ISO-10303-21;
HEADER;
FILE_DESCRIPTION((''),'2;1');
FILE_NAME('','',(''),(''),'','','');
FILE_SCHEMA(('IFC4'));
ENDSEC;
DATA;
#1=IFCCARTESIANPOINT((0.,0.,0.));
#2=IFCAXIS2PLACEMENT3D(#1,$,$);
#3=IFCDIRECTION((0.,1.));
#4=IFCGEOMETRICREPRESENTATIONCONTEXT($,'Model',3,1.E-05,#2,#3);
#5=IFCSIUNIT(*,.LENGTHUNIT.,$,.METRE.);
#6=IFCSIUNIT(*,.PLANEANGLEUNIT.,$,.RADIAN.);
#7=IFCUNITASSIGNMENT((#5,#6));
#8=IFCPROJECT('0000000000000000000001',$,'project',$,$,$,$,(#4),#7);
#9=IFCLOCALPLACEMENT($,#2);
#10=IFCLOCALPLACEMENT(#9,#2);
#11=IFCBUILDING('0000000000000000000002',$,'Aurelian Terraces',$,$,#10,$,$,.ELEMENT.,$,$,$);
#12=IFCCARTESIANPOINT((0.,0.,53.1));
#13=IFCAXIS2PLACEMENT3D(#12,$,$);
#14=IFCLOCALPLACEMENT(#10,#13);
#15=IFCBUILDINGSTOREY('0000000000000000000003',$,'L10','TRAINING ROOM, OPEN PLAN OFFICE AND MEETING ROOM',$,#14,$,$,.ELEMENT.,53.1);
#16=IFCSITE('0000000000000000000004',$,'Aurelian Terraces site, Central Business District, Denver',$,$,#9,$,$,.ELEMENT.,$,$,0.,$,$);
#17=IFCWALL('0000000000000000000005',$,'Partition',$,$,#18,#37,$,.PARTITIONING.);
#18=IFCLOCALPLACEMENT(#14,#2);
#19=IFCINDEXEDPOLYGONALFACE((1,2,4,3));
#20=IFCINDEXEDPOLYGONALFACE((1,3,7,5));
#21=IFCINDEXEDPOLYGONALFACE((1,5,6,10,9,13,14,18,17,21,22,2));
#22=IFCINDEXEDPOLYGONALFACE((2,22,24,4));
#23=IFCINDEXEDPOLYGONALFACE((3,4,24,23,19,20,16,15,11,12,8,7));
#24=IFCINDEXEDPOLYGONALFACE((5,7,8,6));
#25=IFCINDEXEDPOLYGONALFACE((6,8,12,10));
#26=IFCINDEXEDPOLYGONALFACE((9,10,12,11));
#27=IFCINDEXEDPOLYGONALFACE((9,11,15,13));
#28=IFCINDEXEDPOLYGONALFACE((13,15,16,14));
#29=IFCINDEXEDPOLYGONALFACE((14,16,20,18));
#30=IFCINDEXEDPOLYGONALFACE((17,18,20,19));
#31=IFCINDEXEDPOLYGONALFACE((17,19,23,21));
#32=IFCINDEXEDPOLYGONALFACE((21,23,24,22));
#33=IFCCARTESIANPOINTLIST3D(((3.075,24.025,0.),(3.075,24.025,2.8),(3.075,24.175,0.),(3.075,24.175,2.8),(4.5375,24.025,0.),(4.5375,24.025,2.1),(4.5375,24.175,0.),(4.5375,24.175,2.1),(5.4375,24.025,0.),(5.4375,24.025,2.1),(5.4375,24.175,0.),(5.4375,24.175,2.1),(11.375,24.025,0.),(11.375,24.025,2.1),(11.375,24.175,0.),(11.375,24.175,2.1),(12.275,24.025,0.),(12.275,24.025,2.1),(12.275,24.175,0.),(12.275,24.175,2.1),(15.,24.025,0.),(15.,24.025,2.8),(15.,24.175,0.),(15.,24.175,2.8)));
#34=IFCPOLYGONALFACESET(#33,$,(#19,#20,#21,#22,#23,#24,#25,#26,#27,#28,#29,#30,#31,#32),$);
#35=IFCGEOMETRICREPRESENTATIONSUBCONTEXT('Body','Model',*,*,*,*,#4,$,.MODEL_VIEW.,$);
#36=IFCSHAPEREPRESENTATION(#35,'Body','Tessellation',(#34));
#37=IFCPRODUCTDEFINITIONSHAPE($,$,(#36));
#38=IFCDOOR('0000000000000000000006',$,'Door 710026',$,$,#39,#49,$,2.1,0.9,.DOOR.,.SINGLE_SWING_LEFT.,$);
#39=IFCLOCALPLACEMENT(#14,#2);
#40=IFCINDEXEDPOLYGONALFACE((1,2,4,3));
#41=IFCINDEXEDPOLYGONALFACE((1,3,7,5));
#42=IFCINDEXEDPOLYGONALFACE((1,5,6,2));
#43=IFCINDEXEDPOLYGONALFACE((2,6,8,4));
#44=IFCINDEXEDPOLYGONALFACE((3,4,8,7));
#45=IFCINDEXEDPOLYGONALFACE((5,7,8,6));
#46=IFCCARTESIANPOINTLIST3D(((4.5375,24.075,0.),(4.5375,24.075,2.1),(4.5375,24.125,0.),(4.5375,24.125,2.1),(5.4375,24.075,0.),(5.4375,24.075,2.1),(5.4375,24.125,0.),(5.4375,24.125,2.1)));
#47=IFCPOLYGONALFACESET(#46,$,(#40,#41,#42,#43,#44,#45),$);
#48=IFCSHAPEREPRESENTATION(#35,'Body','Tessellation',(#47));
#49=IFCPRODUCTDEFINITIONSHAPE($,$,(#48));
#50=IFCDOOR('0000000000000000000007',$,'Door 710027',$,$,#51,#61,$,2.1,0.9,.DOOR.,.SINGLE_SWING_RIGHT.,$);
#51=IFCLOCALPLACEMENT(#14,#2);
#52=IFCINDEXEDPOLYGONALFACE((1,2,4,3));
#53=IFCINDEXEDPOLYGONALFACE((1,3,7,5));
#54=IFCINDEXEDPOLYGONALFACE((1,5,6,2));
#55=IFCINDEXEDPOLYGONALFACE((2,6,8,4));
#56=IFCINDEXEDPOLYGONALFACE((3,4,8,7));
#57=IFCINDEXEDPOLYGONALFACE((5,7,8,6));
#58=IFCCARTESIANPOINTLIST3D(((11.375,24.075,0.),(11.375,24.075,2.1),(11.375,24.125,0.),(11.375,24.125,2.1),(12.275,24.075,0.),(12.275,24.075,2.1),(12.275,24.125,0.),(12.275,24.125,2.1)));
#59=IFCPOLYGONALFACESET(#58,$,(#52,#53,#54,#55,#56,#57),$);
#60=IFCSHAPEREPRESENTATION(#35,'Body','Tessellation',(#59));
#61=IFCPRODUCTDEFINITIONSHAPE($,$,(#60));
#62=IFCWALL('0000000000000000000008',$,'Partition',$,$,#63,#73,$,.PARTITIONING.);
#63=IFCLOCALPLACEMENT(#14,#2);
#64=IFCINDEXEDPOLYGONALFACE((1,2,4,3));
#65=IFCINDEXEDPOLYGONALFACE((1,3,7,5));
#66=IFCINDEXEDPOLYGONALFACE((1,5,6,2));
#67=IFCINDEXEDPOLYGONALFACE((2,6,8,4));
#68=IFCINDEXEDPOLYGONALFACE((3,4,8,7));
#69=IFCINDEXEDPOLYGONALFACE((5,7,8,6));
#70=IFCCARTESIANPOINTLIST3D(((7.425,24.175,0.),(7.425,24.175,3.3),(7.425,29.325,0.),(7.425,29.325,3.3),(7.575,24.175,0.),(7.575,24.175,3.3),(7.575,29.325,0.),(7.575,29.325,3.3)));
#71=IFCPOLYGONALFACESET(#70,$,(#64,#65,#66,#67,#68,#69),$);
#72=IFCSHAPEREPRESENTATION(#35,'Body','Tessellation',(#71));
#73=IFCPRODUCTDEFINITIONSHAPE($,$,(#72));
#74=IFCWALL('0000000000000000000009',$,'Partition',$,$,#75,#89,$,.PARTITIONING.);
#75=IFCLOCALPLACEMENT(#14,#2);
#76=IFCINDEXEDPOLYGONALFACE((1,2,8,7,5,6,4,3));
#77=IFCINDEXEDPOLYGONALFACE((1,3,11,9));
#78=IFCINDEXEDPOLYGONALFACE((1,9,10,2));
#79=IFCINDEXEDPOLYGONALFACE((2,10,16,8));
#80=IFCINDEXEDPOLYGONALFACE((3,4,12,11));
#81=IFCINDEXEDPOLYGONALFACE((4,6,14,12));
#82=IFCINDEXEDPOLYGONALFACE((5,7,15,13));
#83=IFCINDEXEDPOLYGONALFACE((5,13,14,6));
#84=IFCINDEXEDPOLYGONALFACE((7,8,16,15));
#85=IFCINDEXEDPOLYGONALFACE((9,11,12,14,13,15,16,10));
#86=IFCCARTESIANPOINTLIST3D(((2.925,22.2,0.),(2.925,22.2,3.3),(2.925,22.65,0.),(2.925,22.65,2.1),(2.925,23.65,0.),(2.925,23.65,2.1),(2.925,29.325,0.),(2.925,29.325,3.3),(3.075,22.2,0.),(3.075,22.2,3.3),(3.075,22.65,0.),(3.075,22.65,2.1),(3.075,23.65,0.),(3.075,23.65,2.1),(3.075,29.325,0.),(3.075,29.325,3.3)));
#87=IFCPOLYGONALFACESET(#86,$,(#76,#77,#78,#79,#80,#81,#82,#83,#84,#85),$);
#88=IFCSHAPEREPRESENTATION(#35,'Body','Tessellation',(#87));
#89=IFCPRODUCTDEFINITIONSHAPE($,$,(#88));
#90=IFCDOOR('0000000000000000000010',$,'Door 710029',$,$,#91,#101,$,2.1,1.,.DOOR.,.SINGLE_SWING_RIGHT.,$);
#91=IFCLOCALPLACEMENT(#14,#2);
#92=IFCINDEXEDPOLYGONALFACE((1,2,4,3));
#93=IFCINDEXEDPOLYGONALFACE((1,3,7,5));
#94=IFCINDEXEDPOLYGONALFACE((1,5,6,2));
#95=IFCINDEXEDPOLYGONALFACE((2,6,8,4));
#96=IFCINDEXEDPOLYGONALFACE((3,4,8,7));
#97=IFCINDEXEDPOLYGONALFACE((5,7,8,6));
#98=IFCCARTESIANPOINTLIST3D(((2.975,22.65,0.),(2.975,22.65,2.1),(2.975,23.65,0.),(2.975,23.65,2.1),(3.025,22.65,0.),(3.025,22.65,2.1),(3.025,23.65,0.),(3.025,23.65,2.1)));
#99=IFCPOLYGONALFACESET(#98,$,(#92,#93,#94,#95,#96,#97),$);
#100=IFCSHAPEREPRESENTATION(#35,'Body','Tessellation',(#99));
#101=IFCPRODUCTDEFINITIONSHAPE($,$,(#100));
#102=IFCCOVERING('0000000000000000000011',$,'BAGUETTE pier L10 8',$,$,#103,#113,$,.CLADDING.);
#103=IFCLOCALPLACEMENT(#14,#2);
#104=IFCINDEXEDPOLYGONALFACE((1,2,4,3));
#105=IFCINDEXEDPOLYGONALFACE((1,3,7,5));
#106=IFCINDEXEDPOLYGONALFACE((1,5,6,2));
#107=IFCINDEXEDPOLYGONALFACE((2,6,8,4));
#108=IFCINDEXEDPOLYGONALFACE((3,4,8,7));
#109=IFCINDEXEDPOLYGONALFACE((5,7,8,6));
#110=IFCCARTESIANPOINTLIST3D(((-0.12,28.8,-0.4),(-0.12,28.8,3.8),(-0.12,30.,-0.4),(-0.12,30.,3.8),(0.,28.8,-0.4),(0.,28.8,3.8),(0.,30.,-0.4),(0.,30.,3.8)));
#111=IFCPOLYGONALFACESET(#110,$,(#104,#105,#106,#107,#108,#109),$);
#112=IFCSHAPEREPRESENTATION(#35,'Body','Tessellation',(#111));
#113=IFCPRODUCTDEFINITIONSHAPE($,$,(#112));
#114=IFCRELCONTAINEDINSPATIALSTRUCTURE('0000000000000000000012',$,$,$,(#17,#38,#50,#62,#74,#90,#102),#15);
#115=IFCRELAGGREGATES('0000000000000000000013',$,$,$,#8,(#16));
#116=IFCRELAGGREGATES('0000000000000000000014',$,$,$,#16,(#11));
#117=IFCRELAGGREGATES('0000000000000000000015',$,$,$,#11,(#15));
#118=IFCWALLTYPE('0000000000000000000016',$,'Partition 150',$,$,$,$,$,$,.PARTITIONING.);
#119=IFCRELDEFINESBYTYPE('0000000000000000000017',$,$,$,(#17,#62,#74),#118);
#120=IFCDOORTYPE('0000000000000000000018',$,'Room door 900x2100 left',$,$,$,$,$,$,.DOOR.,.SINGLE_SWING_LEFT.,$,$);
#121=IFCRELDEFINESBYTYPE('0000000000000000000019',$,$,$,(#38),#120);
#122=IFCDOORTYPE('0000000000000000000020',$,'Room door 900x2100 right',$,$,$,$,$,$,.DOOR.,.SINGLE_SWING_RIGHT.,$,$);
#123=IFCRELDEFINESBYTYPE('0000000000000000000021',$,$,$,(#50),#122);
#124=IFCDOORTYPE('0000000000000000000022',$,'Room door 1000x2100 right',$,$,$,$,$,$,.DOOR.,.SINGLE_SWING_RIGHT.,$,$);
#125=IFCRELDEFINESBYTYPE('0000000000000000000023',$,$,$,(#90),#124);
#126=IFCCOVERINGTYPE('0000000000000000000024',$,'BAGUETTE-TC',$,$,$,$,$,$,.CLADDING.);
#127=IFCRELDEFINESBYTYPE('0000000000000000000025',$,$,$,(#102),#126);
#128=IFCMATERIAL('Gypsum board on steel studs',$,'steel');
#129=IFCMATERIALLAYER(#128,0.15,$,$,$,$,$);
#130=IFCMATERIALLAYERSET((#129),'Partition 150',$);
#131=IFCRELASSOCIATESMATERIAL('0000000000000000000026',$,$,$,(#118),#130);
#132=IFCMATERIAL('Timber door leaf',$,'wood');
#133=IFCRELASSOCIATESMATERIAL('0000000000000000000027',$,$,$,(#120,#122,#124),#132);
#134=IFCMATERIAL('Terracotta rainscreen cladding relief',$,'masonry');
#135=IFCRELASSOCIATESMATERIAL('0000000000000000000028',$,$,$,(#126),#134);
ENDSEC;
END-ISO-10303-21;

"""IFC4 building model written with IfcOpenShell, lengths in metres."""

from ifc_helpers import new_model, si_unit, direction, frame, frame_2d, origin, origin_2d, place, context, subcontext, project, spatial, rectangle, extrude, source, transform, mapped, material, layer, layer_set, type_object, element, fill, save


model = new_model("IFC4")

# Units and contexts
model_context = context("Model", 3, precision=1e-05, world=origin(), true_north=direction((0.0, 1.0)))
body_context = subcontext(model_context, "Body", "Model", "MODEL_VIEW")
ifc_project = project(units=[si_unit("LENGTHUNIT", "METRE"), si_unit("PLANEANGLEUNIT", "RADIAN")], contexts=[model_context])

# Site, building, storey
site_placement = place(None, origin())
site = spatial("IfcSite", under=ifc_project, at=site_placement, Name="Aurelian Terraces site, Central Business District, Denver", CompositionType="ELEMENT", RefElevation=0.0)
building_placement = place(site_placement, origin())
building = spatial("IfcBuilding", under=site, at=building_placement, Name="Aurelian Terraces", CompositionType="ELEMENT")
storey_placement = place(building_placement, frame((0.0, 0.0, 53.1)))
storey = spatial("IfcBuildingStorey", under=building, at=storey_placement, Name="L10", Description="TRAINING ROOM, OPEN PLAN OFFICE AND MEETING ROOM", CompositionType="ELEMENT", Elevation=53.1)

# Shared definitions
ifc_material_1 = material(Name="Gypsum board on steel studs", Category="steel")
ifc_layer_1 = layer(ifc_material_1, 0.15)
ifc_layer_set_1 = layer_set([ifc_layer_1], Name="Partition 150")
wall_type_1 = type_object("IfcWallType", Name="Partition 150", PredefinedType="PARTITIONING", material=ifc_layer_set_1)

# Shared definitions
ifc_material_2 = material(Name="Timber door leaf", Category="wood")

# Shared definitions
shared_shape_1 = source(origin(), body_context, "Body", "SweptSolid", [
    extrude(rectangle(XDim=0.9, YDim=2.1, at=frame_2d((0.45, 1.05))), frame((0.0, 0.085, 0.0), z_axis=(0.0, -1.0, 0.0), x_axis=(1.0, 0.0, 0.0)), (0.0, 0.0, 1.0), 0.17),
])
door_type_1 = type_object("IfcDoorType", Name="Room door 900x2100 left", OperationType="SINGLE_SWING_LEFT", PredefinedType="DOOR", material=ifc_material_2)
shared_shape_2 = source(origin(), body_context, "Body", "SweptSolid", [
    extrude(rectangle(XDim=0.9, YDim=2.1, at=frame_2d((0.45, 1.05))), frame((0.0, 0.025, 0.0), z_axis=(0.0, -1.0, 0.0), x_axis=(1.0, 0.0, 0.0)), (0.0, 0.0, 1.0), 0.05),
])
door_type_2 = type_object("IfcDoorType", Name="Room door 900x2100 right", OperationType="SINGLE_SWING_RIGHT", PredefinedType="DOOR", material=ifc_material_2)

# Wall, openings, doors
shared_shape_3 = source(origin(), body_context, "Body", "SweptSolid", [
    extrude(rectangle(XDim=11.925, YDim=0.15, at=frame_2d((5.9625, 0.0))), origin(), (0.0, 0.0, 1.0), 2.8),
])
wall_1_placement = place(storey_placement, frame((3.075, 24.1, 0.0), z_axis=(0.0, 0.0, 1.0), x_axis=(1.0, 0.0, 0.0)))
wall_1 = element("IfcWall", 1, at=wall_1_placement, inside=storey, type_object=wall_type_1, Name="Partition", PredefinedType="PARTITIONING", context=body_context, shape_type="MappedRepresentation", body=[
    mapped(shared_shape_3, transform((0.0, 0.0, 0.0), scale=1.0)),
])
opening_1_placement = place(wall_1_placement, frame((1.4625, 0.0, 0.0)))
opening_1 = element("IfcOpeningElement", 2, at=opening_1_placement, cuts=wall_1, PredefinedType="OPENING", context=body_context, shape_type="MappedRepresentation", body=[
    mapped(shared_shape_1, transform((0.0, 0.0, 0.0), scale=1.0)),
])
opening_2_placement = place(wall_1_placement, frame((8.3, 0.0, 0.0)))
opening_2 = element("IfcOpeningElement", 3, at=opening_2_placement, cuts=wall_1, PredefinedType="OPENING", context=body_context, shape_type="MappedRepresentation", body=[
    mapped(shared_shape_1, transform((0.0, 0.0, 0.0), scale=1.0)),
])
door_1_placement = place(opening_1_placement, origin())
door_1 = element("IfcDoor", 4, at=door_1_placement, inside=storey, type_object=door_type_1, Name="Door 710026", OperationType="SINGLE_SWING_LEFT", OverallHeight=2.1, OverallWidth=0.9, PredefinedType="DOOR", context=body_context, shape_type="MappedRepresentation", body=[
    mapped(shared_shape_2, transform((0.0, 0.0, 0.0), scale=1.0)),
])
fill(opening_1, door_1)
door_2_placement = place(opening_2_placement, origin())
door_2 = element("IfcDoor", 5, at=door_2_placement, inside=storey, type_object=door_type_2, Name="Door 710027", OperationType="SINGLE_SWING_RIGHT", OverallHeight=2.1, OverallWidth=0.9, PredefinedType="DOOR", context=body_context, shape_type="MappedRepresentation", body=[
    mapped(shared_shape_2, transform((0.0, 0.0, 0.0), scale=1.0)),
])
fill(opening_2, door_2)

# Wall
shared_shape_4 = source(origin(), body_context, "Body", "SweptSolid", [
    extrude(rectangle(XDim=5.15, YDim=0.15, at=frame_2d((2.575, 0.0))), origin(), (0.0, 0.0, 1.0), 3.3),
])
wall_2_placement = place(storey_placement, frame((7.5, 24.175, 0.0), z_axis=(0.0, 0.0, 1.0), x_axis=(0.0, 1.0, 0.0)))
element("IfcWall", 6, at=wall_2_placement, inside=storey, type_object=wall_type_1, Name="Partition", PredefinedType="PARTITIONING", context=body_context, shape_type="MappedRepresentation", body=[
    mapped(shared_shape_4, transform((0.0, 0.0, 0.0), scale=1.0)),
])

# Wall, opening, door
shared_shape_5 = source(origin(), body_context, "Body", "SweptSolid", [
    extrude(rectangle(XDim=7.125, YDim=0.15, at=frame_2d((3.5625, 0.0))), origin(), (0.0, 0.0, 1.0), 3.3),
])
wall_3_placement = place(storey_placement, frame((3.0, 29.325, 0.0), z_axis=(0.0, 0.0, 1.0), x_axis=(0.0, -1.0, 0.0)))
wall_3 = element("IfcWall", 7, at=wall_3_placement, inside=storey, type_object=wall_type_1, Name="Partition", PredefinedType="PARTITIONING", context=body_context, shape_type="MappedRepresentation", body=[
    mapped(shared_shape_5, transform((0.0, 0.0, 0.0), scale=1.0)),
])
shared_shape_6 = source(origin(), body_context, "Body", "SweptSolid", [
    extrude(rectangle(XDim=1.0, YDim=2.1, at=frame_2d((0.5, 1.05))), frame((0.0, 0.085, 0.0), z_axis=(0.0, -1.0, 0.0), x_axis=(1.0, 0.0, 0.0)), (0.0, 0.0, 1.0), 0.17),
])
opening_3_placement = place(wall_3_placement, frame((5.675, 0.0, 0.0)))
opening_3 = element("IfcOpeningElement", 8, at=opening_3_placement, cuts=wall_3, PredefinedType="OPENING", context=body_context, shape_type="MappedRepresentation", body=[
    mapped(shared_shape_6, transform((0.0, 0.0, 0.0), scale=1.0)),
])
door_type_3 = type_object("IfcDoorType", Name="Room door 1000x2100 right", OperationType="SINGLE_SWING_RIGHT", PredefinedType="DOOR", material=ifc_material_2)
shared_shape_7 = source(origin(), body_context, "Body", "SweptSolid", [
    extrude(rectangle(XDim=1.0, YDim=2.1, at=frame_2d((0.5, 1.05))), frame((0.0, 0.025, 0.0), z_axis=(0.0, -1.0, 0.0), x_axis=(1.0, 0.0, 0.0)), (0.0, 0.0, 1.0), 0.05),
])
door_3_placement = place(opening_3_placement, origin())
door_3 = element("IfcDoor", 9, at=door_3_placement, inside=storey, type_object=door_type_3, Name="Door 710029", OperationType="SINGLE_SWING_RIGHT", OverallHeight=2.1, OverallWidth=1.0, PredefinedType="DOOR", context=body_context, shape_type="MappedRepresentation", body=[
    mapped(shared_shape_7, transform((0.0, 0.0, 0.0), scale=1.0)),
])
fill(opening_3, door_3)

# Covering
ifc_material_3 = material(Name="Terracotta rainscreen cladding relief", Category="masonry")
covering_type = type_object("IfcCoveringType", Name="BAGUETTE-TC", PredefinedType="CLADDING", material=ifc_material_3)
shared_shape_8 = source(origin(), body_context, "Body", "SweptSolid", [
    extrude(rectangle(XDim=0.12, YDim=1.2, at=origin_2d()), origin(), (0.0, 0.0, 1.0), 4.2),
])
covering_placement = place(storey_placement, frame((-0.06, 29.4, -0.4), z_axis=(0.0, 0.0, 1.0), x_axis=(1.0, 0.0, 0.0)))
element("IfcCovering", 10, at=covering_placement, inside=storey, type_object=covering_type, Name="BAGUETTE pier L10 8", PredefinedType="CLADDING", context=body_context, shape_type="MappedRepresentation", body=[
    mapped(shared_shape_8, transform((0.0, 0.0, 0.0), scale=1.0)),
])

save(model, "model.ifc")
